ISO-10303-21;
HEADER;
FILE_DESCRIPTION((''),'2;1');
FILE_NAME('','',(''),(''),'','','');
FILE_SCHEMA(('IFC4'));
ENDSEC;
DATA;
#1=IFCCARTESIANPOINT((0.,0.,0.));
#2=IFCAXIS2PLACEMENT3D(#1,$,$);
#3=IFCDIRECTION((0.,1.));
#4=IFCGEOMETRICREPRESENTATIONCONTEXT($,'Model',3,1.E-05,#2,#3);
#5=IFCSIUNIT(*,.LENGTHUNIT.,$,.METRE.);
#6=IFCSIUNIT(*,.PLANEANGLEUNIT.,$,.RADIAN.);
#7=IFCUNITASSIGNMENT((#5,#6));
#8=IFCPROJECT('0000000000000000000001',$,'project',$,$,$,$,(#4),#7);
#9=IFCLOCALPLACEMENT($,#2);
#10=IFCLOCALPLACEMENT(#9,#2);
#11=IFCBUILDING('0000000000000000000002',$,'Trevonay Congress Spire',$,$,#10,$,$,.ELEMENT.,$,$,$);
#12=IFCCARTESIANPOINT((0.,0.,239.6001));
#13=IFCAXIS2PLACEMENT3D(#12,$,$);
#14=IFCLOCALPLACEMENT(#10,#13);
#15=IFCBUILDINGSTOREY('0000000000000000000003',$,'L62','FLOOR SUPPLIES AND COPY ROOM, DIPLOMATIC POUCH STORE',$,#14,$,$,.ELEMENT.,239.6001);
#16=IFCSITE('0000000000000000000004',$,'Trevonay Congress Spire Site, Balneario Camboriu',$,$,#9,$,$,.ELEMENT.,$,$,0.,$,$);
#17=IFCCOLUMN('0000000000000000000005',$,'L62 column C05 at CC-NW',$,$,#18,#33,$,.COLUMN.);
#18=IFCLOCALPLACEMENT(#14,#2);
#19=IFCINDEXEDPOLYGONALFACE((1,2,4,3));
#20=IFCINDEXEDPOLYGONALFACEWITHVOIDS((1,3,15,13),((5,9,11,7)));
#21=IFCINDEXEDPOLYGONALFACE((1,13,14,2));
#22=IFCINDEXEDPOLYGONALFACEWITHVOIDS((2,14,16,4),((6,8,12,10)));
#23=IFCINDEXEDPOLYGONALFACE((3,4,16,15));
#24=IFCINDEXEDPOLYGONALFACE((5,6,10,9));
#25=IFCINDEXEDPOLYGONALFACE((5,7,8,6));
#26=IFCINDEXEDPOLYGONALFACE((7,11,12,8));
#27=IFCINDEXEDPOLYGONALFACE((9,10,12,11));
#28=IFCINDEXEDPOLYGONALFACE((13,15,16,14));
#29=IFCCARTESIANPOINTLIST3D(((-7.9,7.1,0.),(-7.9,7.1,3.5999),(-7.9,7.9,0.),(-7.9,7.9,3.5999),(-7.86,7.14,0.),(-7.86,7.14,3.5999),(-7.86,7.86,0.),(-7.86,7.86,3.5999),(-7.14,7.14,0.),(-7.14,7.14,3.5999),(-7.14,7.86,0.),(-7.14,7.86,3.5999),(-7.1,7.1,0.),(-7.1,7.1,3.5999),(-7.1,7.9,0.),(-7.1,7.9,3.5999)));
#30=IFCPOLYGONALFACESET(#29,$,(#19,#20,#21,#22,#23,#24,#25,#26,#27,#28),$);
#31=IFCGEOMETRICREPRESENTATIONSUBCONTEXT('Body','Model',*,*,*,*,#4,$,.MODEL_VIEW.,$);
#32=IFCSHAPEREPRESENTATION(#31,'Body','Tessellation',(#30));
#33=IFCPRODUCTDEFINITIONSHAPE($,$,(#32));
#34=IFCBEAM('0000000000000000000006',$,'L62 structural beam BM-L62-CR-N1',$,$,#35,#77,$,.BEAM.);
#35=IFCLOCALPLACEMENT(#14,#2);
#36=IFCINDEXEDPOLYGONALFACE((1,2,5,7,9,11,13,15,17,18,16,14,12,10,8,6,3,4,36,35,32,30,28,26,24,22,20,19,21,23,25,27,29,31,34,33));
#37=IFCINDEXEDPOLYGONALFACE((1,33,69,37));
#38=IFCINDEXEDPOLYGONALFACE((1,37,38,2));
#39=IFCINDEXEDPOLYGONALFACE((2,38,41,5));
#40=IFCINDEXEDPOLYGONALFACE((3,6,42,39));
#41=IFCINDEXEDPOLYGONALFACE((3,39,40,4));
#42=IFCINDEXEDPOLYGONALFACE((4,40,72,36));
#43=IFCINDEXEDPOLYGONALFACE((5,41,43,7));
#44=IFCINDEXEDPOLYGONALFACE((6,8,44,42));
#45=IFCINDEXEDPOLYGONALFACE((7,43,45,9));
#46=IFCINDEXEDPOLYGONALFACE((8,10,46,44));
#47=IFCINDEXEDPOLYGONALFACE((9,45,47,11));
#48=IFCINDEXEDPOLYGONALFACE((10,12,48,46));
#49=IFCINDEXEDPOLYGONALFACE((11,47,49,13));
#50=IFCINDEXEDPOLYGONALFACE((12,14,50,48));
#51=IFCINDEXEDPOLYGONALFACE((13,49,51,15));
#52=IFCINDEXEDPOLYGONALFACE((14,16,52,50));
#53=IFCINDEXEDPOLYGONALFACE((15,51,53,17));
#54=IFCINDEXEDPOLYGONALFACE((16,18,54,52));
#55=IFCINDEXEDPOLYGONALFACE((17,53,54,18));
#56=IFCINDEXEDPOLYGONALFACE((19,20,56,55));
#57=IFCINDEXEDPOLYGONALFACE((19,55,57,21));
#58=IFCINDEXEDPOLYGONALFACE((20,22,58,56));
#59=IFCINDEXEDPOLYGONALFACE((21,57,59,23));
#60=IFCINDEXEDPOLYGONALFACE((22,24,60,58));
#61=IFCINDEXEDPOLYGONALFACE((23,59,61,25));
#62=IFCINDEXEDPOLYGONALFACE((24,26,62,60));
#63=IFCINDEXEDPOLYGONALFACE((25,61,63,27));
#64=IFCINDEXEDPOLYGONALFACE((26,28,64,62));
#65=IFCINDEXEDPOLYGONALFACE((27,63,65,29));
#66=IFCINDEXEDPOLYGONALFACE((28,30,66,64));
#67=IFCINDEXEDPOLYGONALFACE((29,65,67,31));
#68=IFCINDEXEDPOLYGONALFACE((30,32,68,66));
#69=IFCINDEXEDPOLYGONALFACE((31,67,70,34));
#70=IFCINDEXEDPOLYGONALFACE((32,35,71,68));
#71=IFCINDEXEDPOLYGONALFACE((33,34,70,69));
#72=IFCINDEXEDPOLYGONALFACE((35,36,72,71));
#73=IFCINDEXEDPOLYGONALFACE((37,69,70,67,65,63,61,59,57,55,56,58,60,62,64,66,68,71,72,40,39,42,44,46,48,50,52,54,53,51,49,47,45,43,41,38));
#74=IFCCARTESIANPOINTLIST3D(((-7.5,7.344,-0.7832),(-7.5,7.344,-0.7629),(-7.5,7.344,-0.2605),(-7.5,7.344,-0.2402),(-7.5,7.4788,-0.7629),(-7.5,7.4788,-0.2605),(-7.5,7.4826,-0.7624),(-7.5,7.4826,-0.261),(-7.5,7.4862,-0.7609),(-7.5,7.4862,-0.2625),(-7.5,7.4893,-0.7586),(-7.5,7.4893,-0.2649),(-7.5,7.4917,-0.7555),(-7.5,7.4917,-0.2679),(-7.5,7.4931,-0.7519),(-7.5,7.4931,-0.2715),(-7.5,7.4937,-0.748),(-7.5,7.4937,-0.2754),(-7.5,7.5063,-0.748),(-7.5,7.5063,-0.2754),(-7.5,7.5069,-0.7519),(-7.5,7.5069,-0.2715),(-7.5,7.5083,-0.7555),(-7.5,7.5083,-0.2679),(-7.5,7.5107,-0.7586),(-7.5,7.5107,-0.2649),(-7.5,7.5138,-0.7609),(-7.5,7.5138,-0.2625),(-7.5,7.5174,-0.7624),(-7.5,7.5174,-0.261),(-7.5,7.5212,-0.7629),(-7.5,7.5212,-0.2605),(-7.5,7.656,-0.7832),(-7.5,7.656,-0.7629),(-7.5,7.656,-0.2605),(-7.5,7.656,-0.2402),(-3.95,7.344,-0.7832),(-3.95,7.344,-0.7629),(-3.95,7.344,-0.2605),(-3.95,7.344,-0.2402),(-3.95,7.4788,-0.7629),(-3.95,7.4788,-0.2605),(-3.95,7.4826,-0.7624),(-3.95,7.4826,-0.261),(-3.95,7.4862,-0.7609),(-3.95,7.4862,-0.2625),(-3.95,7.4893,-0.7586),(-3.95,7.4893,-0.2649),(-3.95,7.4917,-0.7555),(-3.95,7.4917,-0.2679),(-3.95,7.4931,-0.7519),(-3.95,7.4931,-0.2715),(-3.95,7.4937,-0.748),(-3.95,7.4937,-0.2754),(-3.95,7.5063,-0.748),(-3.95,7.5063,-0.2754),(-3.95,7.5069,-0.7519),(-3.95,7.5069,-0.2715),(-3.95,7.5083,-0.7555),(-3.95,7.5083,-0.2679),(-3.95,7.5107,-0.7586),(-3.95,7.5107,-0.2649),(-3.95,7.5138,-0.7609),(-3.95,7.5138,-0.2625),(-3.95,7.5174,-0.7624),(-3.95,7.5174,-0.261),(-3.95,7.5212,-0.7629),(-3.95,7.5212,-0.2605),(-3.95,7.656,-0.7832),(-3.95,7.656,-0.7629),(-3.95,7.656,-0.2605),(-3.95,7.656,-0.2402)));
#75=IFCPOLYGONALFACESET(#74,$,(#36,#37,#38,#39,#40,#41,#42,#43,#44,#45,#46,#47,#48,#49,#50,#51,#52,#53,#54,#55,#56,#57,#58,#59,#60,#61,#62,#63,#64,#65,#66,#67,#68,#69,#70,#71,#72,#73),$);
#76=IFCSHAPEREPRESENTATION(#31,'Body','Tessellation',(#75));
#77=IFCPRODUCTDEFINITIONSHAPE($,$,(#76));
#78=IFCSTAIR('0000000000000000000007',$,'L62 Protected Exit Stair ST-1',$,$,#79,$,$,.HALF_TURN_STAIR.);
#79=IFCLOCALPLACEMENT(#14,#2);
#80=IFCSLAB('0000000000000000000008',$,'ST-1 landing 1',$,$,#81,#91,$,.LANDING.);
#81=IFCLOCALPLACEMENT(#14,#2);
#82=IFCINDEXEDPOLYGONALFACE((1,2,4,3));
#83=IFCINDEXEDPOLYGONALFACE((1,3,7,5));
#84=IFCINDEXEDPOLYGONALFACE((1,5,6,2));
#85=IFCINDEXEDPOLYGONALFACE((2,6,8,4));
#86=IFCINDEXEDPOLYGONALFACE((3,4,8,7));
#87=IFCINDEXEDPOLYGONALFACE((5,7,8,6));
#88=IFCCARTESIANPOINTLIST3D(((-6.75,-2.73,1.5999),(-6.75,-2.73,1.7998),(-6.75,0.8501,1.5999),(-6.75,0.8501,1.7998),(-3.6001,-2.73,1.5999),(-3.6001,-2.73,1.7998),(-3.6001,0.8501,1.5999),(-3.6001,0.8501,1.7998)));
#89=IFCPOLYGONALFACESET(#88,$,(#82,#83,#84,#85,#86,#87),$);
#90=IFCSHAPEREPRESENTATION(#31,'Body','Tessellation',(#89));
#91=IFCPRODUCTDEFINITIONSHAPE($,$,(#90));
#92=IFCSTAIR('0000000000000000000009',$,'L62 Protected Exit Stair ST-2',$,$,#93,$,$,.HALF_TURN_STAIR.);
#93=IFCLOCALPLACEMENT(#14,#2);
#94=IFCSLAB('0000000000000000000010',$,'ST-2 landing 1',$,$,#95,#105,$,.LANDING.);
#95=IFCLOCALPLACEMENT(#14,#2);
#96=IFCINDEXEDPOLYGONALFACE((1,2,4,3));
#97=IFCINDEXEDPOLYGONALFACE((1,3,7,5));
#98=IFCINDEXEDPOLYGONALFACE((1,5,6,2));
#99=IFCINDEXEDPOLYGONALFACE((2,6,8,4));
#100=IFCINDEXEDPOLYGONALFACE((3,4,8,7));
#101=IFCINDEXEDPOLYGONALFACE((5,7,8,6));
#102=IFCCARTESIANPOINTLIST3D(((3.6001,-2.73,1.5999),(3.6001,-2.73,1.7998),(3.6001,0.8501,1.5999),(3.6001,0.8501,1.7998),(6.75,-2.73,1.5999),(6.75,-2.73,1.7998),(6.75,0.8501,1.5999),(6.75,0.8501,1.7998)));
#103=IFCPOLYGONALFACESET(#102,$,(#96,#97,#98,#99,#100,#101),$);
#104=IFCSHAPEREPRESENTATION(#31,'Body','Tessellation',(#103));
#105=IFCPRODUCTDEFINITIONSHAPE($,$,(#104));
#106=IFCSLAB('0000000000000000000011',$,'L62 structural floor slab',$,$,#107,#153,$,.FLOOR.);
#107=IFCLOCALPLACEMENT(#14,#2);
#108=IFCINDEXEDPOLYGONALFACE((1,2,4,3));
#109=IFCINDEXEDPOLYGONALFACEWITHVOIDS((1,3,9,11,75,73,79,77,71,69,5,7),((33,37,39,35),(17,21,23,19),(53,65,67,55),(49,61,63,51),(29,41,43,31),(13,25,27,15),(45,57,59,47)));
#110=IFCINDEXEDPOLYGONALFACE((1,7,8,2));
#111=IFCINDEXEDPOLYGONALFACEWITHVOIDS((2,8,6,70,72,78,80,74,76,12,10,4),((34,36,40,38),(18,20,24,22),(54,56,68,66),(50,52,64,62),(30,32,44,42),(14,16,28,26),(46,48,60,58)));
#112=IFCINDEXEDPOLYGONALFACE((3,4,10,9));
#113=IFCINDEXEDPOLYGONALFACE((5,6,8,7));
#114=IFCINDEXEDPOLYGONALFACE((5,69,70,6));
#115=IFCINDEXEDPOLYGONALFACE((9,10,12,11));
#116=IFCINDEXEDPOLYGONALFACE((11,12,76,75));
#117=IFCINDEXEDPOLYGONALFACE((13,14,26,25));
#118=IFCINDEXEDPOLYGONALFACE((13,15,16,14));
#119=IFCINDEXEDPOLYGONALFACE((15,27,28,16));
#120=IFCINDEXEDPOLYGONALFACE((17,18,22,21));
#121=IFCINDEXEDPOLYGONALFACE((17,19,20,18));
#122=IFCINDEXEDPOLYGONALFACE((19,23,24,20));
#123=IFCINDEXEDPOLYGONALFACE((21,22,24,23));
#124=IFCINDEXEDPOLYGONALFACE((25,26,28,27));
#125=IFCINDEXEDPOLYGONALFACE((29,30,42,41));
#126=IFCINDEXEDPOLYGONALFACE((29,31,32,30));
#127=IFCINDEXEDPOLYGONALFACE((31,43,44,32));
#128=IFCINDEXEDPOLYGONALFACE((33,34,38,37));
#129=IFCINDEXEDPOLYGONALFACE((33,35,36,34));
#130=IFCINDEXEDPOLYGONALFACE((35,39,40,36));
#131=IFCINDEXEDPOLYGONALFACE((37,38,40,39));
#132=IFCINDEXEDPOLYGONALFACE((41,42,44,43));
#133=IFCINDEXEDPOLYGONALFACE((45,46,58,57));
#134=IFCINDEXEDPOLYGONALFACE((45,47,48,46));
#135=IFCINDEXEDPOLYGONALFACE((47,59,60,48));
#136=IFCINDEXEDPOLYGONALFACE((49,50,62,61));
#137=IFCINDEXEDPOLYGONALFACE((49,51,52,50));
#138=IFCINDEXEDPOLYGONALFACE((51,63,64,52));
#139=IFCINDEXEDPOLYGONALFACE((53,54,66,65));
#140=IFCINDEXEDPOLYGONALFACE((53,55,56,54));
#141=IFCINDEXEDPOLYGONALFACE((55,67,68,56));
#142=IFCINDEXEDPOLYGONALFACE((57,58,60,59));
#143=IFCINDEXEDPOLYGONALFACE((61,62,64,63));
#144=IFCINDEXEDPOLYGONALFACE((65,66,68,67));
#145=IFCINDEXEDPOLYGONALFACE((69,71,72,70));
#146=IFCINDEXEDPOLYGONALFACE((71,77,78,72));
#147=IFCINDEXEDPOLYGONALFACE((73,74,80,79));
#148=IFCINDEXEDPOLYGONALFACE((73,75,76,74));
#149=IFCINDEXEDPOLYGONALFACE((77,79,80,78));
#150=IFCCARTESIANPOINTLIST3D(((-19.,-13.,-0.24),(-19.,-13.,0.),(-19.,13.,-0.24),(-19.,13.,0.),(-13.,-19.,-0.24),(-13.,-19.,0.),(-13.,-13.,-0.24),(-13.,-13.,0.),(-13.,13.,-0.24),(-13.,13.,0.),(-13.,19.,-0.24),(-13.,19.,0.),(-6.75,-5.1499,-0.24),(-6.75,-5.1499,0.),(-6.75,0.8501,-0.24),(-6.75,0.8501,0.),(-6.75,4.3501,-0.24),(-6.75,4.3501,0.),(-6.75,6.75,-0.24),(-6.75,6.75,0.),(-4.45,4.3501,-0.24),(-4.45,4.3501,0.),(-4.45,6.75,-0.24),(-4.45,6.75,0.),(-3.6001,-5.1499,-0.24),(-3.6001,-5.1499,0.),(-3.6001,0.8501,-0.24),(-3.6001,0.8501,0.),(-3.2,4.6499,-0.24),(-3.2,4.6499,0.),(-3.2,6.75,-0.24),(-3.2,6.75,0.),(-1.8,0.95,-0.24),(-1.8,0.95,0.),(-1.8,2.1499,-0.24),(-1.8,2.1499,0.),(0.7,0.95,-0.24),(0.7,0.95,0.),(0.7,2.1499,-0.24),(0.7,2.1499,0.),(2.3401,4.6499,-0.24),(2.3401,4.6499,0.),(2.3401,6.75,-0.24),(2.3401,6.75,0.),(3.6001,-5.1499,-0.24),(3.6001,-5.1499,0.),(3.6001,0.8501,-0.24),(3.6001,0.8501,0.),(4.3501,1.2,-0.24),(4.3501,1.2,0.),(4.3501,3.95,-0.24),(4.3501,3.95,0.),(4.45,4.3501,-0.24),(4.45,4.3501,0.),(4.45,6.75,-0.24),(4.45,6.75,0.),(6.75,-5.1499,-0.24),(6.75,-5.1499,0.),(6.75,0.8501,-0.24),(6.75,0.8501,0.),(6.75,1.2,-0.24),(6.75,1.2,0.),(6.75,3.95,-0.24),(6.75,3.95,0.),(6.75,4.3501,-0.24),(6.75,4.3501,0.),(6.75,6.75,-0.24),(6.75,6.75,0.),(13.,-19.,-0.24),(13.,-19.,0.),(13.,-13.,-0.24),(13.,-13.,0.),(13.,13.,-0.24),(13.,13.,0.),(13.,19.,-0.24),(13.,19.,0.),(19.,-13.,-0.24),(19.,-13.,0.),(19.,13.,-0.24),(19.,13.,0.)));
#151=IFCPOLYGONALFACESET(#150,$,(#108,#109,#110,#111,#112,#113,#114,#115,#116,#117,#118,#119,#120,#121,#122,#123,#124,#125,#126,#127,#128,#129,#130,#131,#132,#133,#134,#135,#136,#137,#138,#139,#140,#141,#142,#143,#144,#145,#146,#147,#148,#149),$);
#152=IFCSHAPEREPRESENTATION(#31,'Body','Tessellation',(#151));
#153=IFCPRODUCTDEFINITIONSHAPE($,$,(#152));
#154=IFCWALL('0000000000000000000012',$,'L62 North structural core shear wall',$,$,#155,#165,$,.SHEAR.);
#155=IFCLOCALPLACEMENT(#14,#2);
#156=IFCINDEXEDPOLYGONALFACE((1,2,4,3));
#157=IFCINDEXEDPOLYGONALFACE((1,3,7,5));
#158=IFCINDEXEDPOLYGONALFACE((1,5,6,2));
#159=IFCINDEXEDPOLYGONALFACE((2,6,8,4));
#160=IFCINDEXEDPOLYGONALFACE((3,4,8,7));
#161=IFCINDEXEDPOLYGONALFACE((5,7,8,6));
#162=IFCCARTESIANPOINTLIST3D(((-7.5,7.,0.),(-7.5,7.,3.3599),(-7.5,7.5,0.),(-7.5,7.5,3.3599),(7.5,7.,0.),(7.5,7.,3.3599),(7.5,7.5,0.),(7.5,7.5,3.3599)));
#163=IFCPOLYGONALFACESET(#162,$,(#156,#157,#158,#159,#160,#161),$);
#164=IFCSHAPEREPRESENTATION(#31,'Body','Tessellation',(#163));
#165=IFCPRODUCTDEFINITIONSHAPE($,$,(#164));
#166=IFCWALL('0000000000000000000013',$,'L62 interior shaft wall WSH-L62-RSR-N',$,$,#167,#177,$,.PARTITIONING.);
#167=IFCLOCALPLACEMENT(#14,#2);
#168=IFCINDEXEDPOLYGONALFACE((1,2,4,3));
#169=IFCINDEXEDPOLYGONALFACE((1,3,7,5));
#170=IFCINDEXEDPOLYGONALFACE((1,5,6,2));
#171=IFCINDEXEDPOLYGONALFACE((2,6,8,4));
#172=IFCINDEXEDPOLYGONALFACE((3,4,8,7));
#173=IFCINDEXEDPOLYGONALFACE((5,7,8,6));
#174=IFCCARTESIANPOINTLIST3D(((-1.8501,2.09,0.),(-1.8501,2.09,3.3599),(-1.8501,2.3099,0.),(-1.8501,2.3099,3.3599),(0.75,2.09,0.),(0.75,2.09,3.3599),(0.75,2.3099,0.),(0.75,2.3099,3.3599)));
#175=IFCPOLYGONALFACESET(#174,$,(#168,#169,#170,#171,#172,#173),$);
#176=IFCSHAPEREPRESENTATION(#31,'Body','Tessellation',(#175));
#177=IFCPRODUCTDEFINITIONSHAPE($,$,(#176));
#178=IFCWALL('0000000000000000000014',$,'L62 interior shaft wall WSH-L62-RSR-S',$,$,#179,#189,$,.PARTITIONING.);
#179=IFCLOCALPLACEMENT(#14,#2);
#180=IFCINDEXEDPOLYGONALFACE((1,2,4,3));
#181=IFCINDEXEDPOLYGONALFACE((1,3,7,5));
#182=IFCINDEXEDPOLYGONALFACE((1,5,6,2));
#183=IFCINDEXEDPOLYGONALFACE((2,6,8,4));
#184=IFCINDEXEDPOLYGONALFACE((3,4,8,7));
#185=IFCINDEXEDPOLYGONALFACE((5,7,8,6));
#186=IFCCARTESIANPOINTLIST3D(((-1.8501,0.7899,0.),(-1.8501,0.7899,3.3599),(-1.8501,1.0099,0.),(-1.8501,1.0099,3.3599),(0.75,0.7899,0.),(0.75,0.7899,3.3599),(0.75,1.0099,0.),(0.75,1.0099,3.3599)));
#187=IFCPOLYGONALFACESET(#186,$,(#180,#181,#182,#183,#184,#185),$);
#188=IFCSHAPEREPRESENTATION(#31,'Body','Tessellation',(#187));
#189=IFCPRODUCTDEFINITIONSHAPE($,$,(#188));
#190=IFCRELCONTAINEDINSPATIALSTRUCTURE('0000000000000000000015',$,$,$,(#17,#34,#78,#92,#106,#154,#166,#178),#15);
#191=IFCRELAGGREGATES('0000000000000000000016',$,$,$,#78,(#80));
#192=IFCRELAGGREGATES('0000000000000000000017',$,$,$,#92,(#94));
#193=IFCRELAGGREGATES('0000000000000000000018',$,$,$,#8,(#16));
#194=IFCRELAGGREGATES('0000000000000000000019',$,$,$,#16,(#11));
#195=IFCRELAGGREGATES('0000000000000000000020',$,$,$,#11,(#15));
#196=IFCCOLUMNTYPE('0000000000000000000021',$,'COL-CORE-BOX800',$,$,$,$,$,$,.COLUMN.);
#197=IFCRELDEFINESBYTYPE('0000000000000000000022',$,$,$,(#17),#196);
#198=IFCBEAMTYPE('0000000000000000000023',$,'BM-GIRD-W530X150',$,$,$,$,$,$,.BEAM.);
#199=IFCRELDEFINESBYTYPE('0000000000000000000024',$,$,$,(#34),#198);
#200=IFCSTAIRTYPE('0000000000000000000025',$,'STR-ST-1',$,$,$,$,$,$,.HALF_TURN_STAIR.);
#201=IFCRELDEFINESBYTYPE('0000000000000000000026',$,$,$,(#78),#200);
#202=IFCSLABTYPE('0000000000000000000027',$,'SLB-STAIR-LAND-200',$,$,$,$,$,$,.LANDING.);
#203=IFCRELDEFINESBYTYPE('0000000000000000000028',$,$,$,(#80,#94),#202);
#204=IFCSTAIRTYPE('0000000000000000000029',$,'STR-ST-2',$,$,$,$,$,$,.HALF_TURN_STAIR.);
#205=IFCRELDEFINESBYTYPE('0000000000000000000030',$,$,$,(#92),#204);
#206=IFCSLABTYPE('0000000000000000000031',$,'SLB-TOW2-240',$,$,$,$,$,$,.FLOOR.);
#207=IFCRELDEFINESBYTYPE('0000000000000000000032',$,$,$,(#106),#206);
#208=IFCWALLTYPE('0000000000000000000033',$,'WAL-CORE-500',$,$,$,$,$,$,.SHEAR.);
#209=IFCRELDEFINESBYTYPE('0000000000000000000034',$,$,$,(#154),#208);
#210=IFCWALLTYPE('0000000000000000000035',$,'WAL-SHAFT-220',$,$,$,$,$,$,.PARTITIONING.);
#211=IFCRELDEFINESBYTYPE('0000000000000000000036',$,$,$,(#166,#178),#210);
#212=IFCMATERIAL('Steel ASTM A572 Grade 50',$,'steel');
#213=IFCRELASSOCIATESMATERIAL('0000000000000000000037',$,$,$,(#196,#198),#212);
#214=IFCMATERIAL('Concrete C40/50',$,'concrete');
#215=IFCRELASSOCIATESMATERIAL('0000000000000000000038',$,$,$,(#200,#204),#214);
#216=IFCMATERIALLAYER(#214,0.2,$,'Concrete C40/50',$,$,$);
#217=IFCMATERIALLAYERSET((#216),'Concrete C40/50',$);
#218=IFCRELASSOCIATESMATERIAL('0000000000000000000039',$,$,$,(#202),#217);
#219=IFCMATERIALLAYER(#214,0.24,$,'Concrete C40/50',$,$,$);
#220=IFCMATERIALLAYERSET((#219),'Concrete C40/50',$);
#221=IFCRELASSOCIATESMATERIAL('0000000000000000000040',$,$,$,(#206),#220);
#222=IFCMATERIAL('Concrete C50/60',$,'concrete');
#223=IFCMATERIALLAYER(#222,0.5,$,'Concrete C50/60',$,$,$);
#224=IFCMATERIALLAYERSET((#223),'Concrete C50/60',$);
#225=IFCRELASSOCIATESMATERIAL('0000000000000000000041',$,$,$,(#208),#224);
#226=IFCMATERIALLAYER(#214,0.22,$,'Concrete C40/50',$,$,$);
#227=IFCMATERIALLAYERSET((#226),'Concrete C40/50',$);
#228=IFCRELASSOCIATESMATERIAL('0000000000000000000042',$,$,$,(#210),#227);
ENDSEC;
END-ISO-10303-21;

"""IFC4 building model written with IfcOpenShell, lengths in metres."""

from ifc_helpers import new_model, si_unit, direction, frame, frame_2d, origin, origin_2d, place, context, subcontext, project, spatial, polyline, rectangle, hollow_rectangle, i_section, outline, extrude, material, layer, layer_set, material_profile, profile_set, type_object, element, aggregate, save


model = new_model("IFC4")

# Units and contexts
model_context = context("Model", 3, precision=1e-05, world=origin(), true_north=direction((0.0, 1.0)))
body_context = subcontext(model_context, "Body", "Model", "MODEL_VIEW")
ifc_project = project(units=[si_unit("LENGTHUNIT", "METRE"), si_unit("PLANEANGLEUNIT", "RADIAN")], contexts=[model_context])

# Site, building, storey
site_placement = place(None, origin())
site = spatial("IfcSite", under=ifc_project, at=site_placement, Name="Trevonay Congress Spire Site, Balneario Camboriu", CompositionType="ELEMENT", RefElevation=0.0)
building_placement = place(site_placement, origin())
building = spatial("IfcBuilding", under=site, at=building_placement, Name="Trevonay Congress Spire", CompositionType="ELEMENT")
storey_placement = place(building_placement, frame((0.0, 0.0, 239.6001)))
storey = spatial("IfcBuildingStorey", under=building, at=storey_placement, Name="L62", Description="FLOOR SUPPLIES AND COPY ROOM, DIPLOMATIC POUCH STORE", CompositionType="ELEMENT", Elevation=239.6001)

# Column
ifc_material_1 = material(Name="Steel ASTM A572 Grade 50", Category="steel")
ifc_material_profile_1 = material_profile(ifc_material_1, hollow_rectangle(XDim=0.8, YDim=0.8, WallThickness=0.04, at=origin_2d()), Name="BOX 800x800x40")
ifc_profile_set_1 = profile_set([ifc_material_profile_1], Name="Steel ASTM A572 Grade 50")
column_type = type_object("IfcColumnType", Name="COL-CORE-BOX800", PredefinedType="COLUMN", material=ifc_profile_set_1)
column_placement = place(storey_placement, frame((-7.5, 7.5, 0.0), z_axis=(0.0, 0.0, 1.0), x_axis=(1.0, 0.0, 0.0)))
element("IfcColumn", 1, at=column_placement, inside=storey, type_object=column_type, Name="L62 column C05 at CC-NW", PredefinedType="COLUMN", context=body_context, shape_type="SweptSolid", body=[
    extrude(hollow_rectangle(XDim=0.8, YDim=0.8, WallThickness=0.04, at=origin_2d()), origin(), (0.0, 0.0, 1.0), 3.5999),
])

# Beam
ifc_material_profile_2 = material_profile(ifc_material_1, i_section(OverallWidth=0.312, OverallDepth=0.543, WebThickness=0.0127, FlangeThickness=0.0203, FilletRadius=0.0149, at=origin_2d()), Name="W530x150")
ifc_profile_set_2 = profile_set([ifc_material_profile_2], Name="Steel ASTM A572 Grade 50")
beam_type = type_object("IfcBeamType", Name="BM-GIRD-W530X150", PredefinedType="BEAM", material=ifc_profile_set_2)
beam_placement = place(storey_placement, frame((-7.5, 7.5, -0.5117), z_axis=(1.0, 0.0, 0.0), x_axis=(0.0, 1.0, 0.0)))
element("IfcBeam", 2, at=beam_placement, inside=storey, type_object=beam_type, Name="L62 structural beam BM-L62-CR-N1", PredefinedType="BEAM", context=body_context, shape_type="SweptSolid", body=[
    extrude(i_section(OverallWidth=0.312, OverallDepth=0.543, WebThickness=0.0127, FlangeThickness=0.0203, FilletRadius=0.0149, at=origin_2d()), origin(), (0.0, 0.0, 1.0), 3.55),
])

# Stairs, slabs
ifc_material_2 = material(Name="Concrete C40/50", Category="concrete")
stair_type_1 = type_object("IfcStairType", Name="STR-ST-1", PredefinedType="HALF_TURN_STAIR", material=ifc_material_2)
stair_1_placement = place(storey_placement, origin())
stair_1 = element("IfcStair", 3, at=stair_1_placement, inside=storey, type_object=stair_type_1, Name="L62 Protected Exit Stair ST-1", PredefinedType="HALF_TURN_STAIR")
ifc_layer_1 = layer(ifc_material_2, 0.2, Name="Concrete C40/50")
ifc_layer_set_1 = layer_set([ifc_layer_1], Name="Concrete C40/50")
slab_type_1 = type_object("IfcSlabType", Name="SLB-STAIR-LAND-200", PredefinedType="LANDING", material=ifc_layer_set_1)
slab_1_placement = place(storey_placement, frame((0.0, 0.0, 1.5999)))
slab_1 = element("IfcSlab", 4, at=slab_1_placement, type_object=slab_type_1, Name="ST-1 landing 1", PredefinedType="LANDING", context=body_context, shape_type="SweptSolid", body=[
    extrude(outline(polyline([(-3.6001, -2.73), (-3.6001, 0.8501), (-6.75, 0.8501), (-6.75, -2.73), (-3.6001, -2.73)])), origin(), (0.0, 0.0, 1.0), 0.2),
])
aggregate(stair_1, [slab_1])
stair_type_2 = type_object("IfcStairType", Name="STR-ST-2", PredefinedType="HALF_TURN_STAIR", material=ifc_material_2)
stair_2_placement = place(storey_placement, origin())
stair_2 = element("IfcStair", 5, at=stair_2_placement, inside=storey, type_object=stair_type_2, Name="L62 Protected Exit Stair ST-2", PredefinedType="HALF_TURN_STAIR")
slab_2_placement = place(storey_placement, frame((0.0, 0.0, 1.5999)))
slab_2 = element("IfcSlab", 6, at=slab_2_placement, type_object=slab_type_1, Name="ST-2 landing 1", PredefinedType="LANDING", context=body_context, shape_type="SweptSolid", body=[
    extrude(outline(polyline([(6.75, -2.73), (6.75, 0.8501), (3.6001, 0.8501), (3.6001, -2.73), (6.75, -2.73)])), origin(), (0.0, 0.0, 1.0), 0.2),
])
aggregate(stair_2, [slab_2])

# Slab
ifc_layer_2 = layer(ifc_material_2, 0.24, Name="Concrete C40/50")
ifc_layer_set_2 = layer_set([ifc_layer_2], Name="Concrete C40/50")
slab_type_2 = type_object("IfcSlabType", Name="SLB-TOW2-240", PredefinedType="FLOOR", material=ifc_layer_set_2)
slab_3_placement = place(storey_placement, frame((0.0, 0.0, -0.24)))
element("IfcSlab", 7, at=slab_3_placement, inside=storey, type_object=slab_type_2, Name="L62 structural floor slab", PredefinedType="FLOOR", context=body_context, shape_type="SweptSolid", body=[
    extrude(outline(polyline([(-13.0, -19.0), (13.0, -19.0), (13.0, -13.0), (19.0, -13.0), (19.0, 13.0), (13.0, 13.0), (13.0, 19.0), (-13.0, 19.0), (-13.0, 13.0), (-19.0, 13.0), (-19.0, -13.0), (-13.0, -13.0), (-13.0, -19.0)]), holes=[polyline([(-3.6001, -5.1499), (-3.6001, 0.8501), (-6.75, 0.8501), (-6.75, -5.1499), (-3.6001, -5.1499)]), polyline([(6.75, -5.1499), (6.75, 0.8501), (3.6001, 0.8501), (3.6001, -5.1499), (6.75, -5.1499)]), polyline([(-3.2, 4.6499), (2.3401, 4.6499), (2.3401, 6.75), (-3.2, 6.75), (-3.2, 4.6499)]), polyline([(-6.75, 4.3501), (-4.45, 4.3501), (-4.45, 6.75), (-6.75, 6.75), (-6.75, 4.3501)]), polyline([(4.45, 4.3501), (6.75, 4.3501), (6.75, 6.75), (4.45, 6.75), (4.45, 4.3501)]), polyline([(4.3501, 1.2), (6.75, 1.2), (6.75, 3.95), (4.3501, 3.95), (4.3501, 1.2)]), polyline([(-1.8, 0.95), (0.7, 0.95), (0.7, 2.1499), (-1.8, 2.1499), (-1.8, 0.95)])]), origin(), (0.0, 0.0, 1.0), 0.24),
])

# Walls
ifc_material_3 = material(Name="Concrete C50/60", Category="concrete")
ifc_layer_3 = layer(ifc_material_3, 0.5, Name="Concrete C50/60")
ifc_layer_set_3 = layer_set([ifc_layer_3], Name="Concrete C50/60")
wall_type_1 = type_object("IfcWallType", Name="WAL-CORE-500", PredefinedType="SHEAR", material=ifc_layer_set_3)
wall_1_placement = place(storey_placement, frame((-7.5, 7.25, 0.0), z_axis=(0.0, 0.0, 1.0), x_axis=(1.0, 0.0, 0.0)))
element("IfcWall", 8, at=wall_1_placement, inside=storey, type_object=wall_type_1, Name="L62 North structural core shear wall", PredefinedType="SHEAR", context=body_context, shape_type="SweptSolid", body=[
    extrude(rectangle(XDim=15.0, YDim=0.5, at=frame_2d((7.5, 0.0))), origin(), (0.0, 0.0, 1.0), 3.3599),
])
ifc_layer_4 = layer(ifc_material_2, 0.22, Name="Concrete C40/50")
ifc_layer_set_4 = layer_set([ifc_layer_4], Name="Concrete C40/50")
wall_type_2 = type_object("IfcWallType", Name="WAL-SHAFT-220", PredefinedType="PARTITIONING", material=ifc_layer_set_4)
for number, where, z_axis, x_axis, name in (
    (9, (-1.8501, 2.2, 0.0), (0.0, 0.0, 1.0), (1.0, 0.0, 0.0), "L62 interior shaft wall WSH-L62-RSR-N"),
    (10, (-1.8501, 0.8999, 0.0), (0.0, 0.0, 1.0), (1.0, 0.0, 0.0), "L62 interior shaft wall WSH-L62-RSR-S"),
):
    element("IfcWall", number, at=place(storey_placement, frame(where, z_axis=z_axis, x_axis=x_axis)), inside=storey, type_object=wall_type_2, Name=name, PredefinedType="PARTITIONING", context=body_context, shape_type="SweptSolid", body=[
        extrude(rectangle(XDim=2.6001, YDim=0.22, at=frame_2d((1.3, 0.0))), origin(), (0.0, 0.0, 1.0), 3.3599),
    ])

save(model, "model.ifc")
